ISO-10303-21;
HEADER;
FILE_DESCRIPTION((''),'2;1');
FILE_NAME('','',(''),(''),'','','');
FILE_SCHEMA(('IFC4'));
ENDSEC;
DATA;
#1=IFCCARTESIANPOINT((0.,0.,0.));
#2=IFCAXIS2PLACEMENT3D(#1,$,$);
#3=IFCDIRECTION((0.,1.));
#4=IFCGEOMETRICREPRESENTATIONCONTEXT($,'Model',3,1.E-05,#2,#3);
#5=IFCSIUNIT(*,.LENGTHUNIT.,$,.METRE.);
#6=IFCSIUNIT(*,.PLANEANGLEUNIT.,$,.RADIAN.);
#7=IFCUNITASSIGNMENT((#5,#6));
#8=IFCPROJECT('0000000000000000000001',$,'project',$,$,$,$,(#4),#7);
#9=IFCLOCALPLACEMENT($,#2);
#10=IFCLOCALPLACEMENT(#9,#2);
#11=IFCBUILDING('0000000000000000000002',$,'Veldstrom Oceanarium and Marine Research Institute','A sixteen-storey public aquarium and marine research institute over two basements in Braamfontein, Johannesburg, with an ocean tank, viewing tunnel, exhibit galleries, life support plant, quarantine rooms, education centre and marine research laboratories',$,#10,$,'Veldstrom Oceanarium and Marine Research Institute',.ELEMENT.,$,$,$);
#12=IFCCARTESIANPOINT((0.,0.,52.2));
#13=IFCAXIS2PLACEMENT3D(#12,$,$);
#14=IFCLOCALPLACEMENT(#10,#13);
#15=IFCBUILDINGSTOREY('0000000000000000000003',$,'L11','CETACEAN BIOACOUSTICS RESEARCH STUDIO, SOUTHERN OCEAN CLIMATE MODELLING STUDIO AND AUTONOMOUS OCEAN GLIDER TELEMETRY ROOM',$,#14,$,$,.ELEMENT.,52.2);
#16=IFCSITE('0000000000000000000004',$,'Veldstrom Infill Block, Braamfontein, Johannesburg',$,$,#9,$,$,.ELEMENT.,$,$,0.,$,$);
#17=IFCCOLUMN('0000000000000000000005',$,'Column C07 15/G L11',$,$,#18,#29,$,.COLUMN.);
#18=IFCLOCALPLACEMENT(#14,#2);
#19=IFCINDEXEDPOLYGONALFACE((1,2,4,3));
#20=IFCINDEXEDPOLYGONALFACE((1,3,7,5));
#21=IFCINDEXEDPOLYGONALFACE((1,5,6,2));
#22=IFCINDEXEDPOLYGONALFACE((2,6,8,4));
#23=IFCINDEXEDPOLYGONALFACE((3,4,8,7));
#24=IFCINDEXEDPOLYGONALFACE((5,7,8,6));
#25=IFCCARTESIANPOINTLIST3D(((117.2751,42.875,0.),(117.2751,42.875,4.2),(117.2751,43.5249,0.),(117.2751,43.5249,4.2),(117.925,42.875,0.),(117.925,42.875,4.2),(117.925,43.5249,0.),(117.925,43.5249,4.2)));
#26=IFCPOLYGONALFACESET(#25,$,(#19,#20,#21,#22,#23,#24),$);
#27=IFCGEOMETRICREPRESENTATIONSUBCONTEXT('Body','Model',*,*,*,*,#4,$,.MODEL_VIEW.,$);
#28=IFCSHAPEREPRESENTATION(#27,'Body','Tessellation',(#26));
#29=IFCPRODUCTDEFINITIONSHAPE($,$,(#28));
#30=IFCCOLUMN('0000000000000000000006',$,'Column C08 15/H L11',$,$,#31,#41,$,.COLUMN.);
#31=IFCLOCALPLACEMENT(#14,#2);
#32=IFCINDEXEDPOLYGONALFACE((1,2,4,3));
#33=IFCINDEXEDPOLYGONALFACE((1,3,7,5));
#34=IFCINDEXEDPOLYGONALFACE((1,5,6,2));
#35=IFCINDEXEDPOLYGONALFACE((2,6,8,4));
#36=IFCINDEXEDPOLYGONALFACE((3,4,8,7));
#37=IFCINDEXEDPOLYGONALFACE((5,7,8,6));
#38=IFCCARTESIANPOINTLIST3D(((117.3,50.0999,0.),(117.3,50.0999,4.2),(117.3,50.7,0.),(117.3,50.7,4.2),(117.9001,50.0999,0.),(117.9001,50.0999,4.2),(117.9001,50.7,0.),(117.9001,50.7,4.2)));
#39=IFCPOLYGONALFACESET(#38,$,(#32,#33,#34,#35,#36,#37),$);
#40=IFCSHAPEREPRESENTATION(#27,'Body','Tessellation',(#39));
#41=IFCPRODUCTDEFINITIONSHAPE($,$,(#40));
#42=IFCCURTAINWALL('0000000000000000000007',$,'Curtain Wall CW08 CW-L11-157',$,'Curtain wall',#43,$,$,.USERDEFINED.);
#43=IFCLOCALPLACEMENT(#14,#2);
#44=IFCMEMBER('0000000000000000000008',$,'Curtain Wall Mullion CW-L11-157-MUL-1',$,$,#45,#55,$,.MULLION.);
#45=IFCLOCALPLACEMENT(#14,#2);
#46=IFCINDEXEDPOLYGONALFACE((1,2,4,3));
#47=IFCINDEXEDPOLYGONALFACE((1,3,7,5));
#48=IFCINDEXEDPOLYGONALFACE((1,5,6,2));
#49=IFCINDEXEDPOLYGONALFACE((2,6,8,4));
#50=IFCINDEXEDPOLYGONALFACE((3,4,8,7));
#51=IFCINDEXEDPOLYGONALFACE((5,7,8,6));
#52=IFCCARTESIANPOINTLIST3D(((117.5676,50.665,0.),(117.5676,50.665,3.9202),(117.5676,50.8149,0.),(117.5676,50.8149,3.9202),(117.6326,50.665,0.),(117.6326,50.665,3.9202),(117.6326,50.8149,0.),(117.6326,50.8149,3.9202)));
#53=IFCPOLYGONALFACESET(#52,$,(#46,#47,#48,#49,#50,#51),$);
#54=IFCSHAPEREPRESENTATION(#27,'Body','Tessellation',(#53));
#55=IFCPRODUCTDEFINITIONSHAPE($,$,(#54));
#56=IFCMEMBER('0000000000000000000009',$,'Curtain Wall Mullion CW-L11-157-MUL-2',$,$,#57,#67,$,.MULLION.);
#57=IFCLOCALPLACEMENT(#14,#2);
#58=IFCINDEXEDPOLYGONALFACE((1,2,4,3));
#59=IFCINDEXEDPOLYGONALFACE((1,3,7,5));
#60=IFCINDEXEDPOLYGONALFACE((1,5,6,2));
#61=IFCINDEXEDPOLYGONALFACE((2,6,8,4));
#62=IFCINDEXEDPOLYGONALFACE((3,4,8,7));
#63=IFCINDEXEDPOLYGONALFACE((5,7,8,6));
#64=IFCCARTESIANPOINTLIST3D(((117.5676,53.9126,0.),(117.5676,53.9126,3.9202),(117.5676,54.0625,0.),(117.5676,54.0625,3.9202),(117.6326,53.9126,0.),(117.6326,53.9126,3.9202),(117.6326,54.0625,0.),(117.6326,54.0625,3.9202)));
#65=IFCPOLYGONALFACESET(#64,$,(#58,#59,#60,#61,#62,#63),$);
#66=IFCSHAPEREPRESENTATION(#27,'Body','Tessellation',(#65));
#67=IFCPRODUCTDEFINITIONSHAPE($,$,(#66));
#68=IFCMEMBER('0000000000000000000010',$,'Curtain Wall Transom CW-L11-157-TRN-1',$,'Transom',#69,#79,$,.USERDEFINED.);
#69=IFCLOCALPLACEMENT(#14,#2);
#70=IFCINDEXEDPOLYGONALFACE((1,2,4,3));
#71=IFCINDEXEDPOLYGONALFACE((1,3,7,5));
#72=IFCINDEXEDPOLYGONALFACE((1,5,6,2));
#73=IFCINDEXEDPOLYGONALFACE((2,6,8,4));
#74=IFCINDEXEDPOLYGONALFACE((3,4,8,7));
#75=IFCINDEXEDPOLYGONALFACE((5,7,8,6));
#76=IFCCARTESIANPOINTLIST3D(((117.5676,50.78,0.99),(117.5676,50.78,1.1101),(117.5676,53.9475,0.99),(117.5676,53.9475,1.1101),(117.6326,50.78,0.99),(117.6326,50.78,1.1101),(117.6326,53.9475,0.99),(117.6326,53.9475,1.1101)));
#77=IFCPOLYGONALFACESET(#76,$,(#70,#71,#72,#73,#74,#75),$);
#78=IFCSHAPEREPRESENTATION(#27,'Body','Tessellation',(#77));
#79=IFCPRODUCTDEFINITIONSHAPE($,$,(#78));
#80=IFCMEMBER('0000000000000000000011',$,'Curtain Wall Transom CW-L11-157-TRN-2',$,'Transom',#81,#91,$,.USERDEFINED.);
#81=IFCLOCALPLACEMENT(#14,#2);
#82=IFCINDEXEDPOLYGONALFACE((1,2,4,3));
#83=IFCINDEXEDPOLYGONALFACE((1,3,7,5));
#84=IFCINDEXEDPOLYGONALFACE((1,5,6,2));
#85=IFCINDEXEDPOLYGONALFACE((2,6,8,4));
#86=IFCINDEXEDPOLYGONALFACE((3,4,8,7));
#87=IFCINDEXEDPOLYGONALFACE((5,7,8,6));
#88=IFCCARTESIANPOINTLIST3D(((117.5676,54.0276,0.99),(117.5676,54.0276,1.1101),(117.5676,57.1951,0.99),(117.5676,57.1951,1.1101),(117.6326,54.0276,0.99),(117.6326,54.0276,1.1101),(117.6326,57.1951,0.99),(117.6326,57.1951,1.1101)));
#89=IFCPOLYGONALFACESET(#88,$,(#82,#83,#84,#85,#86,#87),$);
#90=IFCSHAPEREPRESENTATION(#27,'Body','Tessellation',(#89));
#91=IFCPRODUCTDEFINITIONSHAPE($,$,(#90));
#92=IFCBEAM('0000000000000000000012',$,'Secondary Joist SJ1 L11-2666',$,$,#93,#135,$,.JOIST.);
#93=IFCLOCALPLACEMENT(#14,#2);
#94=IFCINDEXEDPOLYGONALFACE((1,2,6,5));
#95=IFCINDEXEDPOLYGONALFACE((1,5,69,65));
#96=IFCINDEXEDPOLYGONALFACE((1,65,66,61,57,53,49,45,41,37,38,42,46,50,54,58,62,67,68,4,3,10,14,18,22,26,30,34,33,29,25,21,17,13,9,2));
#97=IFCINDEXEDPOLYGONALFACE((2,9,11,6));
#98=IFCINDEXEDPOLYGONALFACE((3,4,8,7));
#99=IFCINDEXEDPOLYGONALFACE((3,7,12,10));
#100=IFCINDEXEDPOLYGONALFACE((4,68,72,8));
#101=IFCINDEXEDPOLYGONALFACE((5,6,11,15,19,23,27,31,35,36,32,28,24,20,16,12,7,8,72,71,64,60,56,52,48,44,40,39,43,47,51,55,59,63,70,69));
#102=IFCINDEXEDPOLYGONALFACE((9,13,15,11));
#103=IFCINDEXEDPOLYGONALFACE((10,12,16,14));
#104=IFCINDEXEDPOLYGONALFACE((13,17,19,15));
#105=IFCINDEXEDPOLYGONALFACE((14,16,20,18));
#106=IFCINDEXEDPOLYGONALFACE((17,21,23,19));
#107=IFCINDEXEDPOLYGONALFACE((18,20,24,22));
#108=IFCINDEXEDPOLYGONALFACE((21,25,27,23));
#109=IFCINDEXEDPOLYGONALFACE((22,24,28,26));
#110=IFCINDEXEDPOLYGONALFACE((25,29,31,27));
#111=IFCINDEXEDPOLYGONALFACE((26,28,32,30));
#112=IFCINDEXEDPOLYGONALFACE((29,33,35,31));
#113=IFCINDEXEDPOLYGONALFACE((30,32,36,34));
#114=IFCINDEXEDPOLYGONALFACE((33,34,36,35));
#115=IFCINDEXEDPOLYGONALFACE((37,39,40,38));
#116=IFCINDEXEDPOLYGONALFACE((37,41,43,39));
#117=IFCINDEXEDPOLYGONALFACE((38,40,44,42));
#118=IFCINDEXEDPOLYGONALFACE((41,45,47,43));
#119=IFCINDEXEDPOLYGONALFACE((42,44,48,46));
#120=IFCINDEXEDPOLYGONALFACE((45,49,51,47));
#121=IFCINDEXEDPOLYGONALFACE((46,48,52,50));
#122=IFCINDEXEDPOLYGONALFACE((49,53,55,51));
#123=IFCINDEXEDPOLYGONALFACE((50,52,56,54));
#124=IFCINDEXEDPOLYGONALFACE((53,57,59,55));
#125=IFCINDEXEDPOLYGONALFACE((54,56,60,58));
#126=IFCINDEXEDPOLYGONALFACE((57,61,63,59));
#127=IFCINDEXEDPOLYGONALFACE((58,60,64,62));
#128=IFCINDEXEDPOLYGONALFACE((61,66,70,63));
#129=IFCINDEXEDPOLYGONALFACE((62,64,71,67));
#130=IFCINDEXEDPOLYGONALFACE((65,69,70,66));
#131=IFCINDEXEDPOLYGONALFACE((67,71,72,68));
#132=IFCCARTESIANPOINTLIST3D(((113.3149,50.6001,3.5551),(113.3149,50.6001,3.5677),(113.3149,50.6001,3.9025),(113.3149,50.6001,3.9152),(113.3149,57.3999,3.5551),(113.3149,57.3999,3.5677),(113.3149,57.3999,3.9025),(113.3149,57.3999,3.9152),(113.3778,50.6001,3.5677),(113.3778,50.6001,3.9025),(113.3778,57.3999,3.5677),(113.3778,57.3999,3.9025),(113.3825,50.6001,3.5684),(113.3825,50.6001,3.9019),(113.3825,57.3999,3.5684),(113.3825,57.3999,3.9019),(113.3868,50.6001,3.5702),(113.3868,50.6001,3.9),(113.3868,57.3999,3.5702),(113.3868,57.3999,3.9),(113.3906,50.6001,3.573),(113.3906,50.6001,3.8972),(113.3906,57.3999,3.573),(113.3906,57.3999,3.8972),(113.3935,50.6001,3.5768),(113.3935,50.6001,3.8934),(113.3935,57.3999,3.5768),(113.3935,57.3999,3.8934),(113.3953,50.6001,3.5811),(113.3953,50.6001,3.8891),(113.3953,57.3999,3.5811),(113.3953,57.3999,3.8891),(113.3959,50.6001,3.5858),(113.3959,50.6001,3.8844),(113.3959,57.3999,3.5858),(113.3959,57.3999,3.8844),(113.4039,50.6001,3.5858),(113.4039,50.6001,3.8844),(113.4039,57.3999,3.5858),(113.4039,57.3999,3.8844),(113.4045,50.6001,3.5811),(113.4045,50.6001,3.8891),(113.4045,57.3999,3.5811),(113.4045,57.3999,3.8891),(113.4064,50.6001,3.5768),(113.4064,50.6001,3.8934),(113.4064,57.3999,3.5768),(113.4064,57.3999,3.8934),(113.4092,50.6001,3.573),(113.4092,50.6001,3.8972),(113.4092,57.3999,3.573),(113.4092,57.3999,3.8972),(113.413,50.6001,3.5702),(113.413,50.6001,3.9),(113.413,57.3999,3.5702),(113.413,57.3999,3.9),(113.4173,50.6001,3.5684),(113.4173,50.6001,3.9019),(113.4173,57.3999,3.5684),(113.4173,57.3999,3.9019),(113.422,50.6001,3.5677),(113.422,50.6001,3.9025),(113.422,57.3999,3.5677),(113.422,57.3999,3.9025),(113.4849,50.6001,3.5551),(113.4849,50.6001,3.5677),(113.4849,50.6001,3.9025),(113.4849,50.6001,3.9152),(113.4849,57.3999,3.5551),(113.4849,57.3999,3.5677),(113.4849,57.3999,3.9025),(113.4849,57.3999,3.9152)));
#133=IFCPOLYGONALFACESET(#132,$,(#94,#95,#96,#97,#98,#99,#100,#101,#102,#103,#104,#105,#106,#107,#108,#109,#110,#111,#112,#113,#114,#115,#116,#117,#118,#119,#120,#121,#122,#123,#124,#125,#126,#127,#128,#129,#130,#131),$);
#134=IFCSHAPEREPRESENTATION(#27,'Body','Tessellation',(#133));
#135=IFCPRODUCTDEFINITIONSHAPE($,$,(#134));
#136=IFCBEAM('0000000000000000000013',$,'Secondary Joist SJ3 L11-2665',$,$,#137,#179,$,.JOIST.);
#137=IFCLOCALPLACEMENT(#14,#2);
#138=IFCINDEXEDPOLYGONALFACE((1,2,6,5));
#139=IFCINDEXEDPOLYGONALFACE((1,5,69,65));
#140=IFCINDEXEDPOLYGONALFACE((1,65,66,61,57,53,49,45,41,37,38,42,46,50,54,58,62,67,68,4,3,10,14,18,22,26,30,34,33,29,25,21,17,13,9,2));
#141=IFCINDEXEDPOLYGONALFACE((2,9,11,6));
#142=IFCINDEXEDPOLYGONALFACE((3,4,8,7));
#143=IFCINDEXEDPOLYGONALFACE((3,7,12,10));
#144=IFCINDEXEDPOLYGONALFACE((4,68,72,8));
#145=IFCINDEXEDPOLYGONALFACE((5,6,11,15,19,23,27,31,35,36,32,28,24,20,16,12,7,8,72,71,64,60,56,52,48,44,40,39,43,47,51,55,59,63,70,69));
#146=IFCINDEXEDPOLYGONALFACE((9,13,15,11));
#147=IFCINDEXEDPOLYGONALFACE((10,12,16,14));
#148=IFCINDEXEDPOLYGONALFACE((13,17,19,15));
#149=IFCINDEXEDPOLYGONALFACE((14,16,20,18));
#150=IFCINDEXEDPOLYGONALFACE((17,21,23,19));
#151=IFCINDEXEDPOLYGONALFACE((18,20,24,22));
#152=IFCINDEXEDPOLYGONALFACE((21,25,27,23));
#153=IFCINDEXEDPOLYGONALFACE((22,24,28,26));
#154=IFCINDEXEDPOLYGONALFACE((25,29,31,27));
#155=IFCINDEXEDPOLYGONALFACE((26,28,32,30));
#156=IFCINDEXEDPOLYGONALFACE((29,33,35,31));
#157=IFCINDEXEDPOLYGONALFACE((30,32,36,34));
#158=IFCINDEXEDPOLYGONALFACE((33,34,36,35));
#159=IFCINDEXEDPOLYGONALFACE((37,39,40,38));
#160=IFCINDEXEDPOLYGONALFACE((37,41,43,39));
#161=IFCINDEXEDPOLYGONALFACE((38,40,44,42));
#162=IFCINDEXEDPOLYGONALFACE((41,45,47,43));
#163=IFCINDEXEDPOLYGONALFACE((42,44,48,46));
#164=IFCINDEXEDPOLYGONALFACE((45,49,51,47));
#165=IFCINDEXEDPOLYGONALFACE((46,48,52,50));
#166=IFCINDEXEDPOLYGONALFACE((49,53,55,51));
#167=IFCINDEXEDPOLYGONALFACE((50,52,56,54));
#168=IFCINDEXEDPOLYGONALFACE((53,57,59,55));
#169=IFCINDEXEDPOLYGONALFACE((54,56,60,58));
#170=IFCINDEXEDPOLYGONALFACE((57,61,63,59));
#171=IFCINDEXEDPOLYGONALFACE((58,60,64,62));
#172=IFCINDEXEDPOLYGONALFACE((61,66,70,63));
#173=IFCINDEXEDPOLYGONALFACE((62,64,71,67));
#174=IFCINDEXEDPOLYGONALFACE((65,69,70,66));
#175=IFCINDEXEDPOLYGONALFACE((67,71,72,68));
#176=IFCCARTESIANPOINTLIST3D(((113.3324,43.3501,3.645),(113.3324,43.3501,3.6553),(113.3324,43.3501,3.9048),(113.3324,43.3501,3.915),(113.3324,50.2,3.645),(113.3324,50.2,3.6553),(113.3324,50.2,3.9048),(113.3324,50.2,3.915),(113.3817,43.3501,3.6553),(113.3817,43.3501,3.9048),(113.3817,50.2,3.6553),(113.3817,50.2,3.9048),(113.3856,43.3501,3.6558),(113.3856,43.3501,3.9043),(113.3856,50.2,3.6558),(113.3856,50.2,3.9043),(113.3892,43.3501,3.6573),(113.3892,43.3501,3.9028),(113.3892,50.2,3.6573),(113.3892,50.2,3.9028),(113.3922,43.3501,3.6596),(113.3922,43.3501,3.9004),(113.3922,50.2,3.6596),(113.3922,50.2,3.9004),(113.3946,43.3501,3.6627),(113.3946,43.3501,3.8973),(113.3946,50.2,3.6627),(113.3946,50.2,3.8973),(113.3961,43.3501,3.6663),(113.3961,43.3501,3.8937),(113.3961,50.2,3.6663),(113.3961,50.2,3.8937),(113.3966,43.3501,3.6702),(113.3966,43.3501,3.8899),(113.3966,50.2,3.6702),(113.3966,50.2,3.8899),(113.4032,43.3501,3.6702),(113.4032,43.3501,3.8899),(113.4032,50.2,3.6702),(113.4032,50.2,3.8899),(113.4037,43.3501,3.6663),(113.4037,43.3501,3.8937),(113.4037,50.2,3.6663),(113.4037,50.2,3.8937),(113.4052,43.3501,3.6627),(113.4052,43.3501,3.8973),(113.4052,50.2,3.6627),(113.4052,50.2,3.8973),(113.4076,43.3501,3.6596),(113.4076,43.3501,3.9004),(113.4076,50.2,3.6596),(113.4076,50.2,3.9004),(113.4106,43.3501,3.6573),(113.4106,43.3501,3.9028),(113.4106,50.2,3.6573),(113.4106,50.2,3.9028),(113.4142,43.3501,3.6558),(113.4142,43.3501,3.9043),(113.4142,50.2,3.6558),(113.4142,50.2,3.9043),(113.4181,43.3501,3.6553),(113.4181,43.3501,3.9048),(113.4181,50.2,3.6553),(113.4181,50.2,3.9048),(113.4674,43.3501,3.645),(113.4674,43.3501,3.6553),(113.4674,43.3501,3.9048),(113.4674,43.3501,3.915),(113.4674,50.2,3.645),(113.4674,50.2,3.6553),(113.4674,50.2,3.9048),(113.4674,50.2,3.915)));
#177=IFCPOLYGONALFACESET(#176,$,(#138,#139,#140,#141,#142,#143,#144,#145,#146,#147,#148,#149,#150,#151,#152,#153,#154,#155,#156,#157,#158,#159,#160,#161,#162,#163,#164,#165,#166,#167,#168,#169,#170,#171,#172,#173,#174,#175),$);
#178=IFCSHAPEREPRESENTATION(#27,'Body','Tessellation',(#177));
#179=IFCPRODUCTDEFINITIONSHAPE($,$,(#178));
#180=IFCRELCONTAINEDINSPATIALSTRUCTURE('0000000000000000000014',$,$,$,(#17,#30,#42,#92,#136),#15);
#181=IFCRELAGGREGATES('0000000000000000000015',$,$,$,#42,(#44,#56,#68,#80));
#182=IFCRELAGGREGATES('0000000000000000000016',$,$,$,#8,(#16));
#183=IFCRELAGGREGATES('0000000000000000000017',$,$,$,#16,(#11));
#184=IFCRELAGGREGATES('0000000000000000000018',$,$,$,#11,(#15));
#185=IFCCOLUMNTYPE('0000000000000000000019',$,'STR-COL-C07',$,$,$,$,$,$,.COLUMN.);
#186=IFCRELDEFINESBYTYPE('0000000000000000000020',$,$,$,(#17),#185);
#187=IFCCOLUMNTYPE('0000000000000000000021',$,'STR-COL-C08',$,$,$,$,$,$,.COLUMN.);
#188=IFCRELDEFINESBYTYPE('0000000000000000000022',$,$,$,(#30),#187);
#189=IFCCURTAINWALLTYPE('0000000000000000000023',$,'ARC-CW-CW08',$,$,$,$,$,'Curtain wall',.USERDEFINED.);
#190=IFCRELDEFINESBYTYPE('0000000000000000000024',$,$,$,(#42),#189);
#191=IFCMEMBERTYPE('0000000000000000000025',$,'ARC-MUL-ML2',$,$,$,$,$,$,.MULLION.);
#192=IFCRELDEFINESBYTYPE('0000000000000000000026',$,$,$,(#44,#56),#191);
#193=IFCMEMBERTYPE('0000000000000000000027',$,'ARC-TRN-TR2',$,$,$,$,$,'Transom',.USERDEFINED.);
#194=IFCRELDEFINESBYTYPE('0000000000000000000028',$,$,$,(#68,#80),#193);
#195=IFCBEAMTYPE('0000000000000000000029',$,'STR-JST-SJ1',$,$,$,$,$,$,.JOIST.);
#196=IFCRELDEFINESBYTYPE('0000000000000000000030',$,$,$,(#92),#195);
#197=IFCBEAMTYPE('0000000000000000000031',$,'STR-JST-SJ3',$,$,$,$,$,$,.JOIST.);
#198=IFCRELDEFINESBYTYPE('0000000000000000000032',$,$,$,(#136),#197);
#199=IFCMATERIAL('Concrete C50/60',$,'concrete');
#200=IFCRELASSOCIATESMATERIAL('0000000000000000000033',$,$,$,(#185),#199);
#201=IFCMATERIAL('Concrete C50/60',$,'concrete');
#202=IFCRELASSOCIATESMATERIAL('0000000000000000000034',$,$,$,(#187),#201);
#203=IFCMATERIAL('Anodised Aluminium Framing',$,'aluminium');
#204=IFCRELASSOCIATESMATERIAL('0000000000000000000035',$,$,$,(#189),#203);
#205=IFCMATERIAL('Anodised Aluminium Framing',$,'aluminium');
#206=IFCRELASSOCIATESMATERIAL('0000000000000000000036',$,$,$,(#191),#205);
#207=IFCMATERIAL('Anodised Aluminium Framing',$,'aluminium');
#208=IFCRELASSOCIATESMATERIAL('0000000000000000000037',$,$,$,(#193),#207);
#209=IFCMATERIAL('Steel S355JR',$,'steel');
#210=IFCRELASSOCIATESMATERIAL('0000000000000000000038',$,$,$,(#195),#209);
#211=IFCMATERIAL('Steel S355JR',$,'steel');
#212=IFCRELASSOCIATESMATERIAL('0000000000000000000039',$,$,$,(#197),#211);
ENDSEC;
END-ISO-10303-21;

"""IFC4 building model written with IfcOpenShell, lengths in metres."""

from ifc_helpers import new_model, si_unit, direction, frame, origin, origin_2d, place, context, subcontext, project, spatial, rectangle, i_section, extrude, material, material_profile, profile_set, type_object, element, aggregate, save


model = new_model("IFC4")

# Units and contexts
model_context = context("Model", 3, precision=1e-05, world=origin(), true_north=direction((0.0, 1.0)))
body_context = subcontext(model_context, "Body", "Model", "MODEL_VIEW")
ifc_project = project(units=[si_unit("LENGTHUNIT", "METRE"), si_unit("PLANEANGLEUNIT", "RADIAN")], contexts=[model_context])

# Site, building, storey
site_placement = place(None, origin())
site = spatial("IfcSite", under=ifc_project, at=site_placement, Name="Veldstrom Infill Block, Braamfontein, Johannesburg", CompositionType="ELEMENT", RefElevation=0.0)
building_placement = place(site_placement, origin())
building = spatial("IfcBuilding", under=site, at=building_placement, Name="Veldstrom Oceanarium and Marine Research Institute", Description="A sixteen-storey public aquarium and marine research institute over two basements in Braamfontein, Johannesburg, with an ocean tank, viewing tunnel, exhibit galleries, life support plant, quarantine rooms, education centre and marine research laboratories", LongName="Veldstrom Oceanarium and Marine Research Institute", CompositionType="ELEMENT")
storey_placement = place(building_placement, frame((0.0, 0.0, 52.2)))
storey = spatial("IfcBuildingStorey", under=building, at=storey_placement, Name="L11", Description="CETACEAN BIOACOUSTICS RESEARCH STUDIO, SOUTHERN OCEAN CLIMATE MODELLING STUDIO AND AUTONOMOUS OCEAN GLIDER TELEMETRY ROOM", CompositionType="ELEMENT", Elevation=52.2)

# Columns
ifc_material_1 = material(Name="Concrete C50/60", Category="concrete")
ifc_material_profile_1 = material_profile(ifc_material_1, rectangle(XDim=0.6499, YDim=0.6499, at=origin_2d()), Name="RC-COL-650x650")
ifc_profile_set_1 = profile_set([ifc_material_profile_1], Name="Concrete C50/60")
column_type_1 = type_object("IfcColumnType", Name="STR-COL-C07", PredefinedType="COLUMN", material=ifc_profile_set_1)
column_1_placement = place(storey_placement, frame((117.6001, 43.2, 0.0), z_axis=(0.0, 0.0, 1.0), x_axis=(1.0, 0.0, 0.0)))
element("IfcColumn", 1, at=column_1_placement, inside=storey, type_object=column_type_1, Name="Column C07 15/G L11", PredefinedType="COLUMN", context=body_context, shape_type="SweptSolid", body=[
    extrude(rectangle(XDim=0.6499, YDim=0.6499, at=origin_2d()), origin(), (0.0, 0.0, 1.0), 4.2),
])
ifc_material_2 = material(Name="Concrete C50/60", Category="concrete")
ifc_material_profile_2 = material_profile(ifc_material_2, rectangle(XDim=0.6001, YDim=0.6001, at=origin_2d()), Name="RC-COL-600x600")
ifc_profile_set_2 = profile_set([ifc_material_profile_2], Name="Concrete C50/60")
column_type_2 = type_object("IfcColumnType", Name="STR-COL-C08", PredefinedType="COLUMN", material=ifc_profile_set_2)
column_2_placement = place(storey_placement, frame((117.6001, 50.3999, 0.0), z_axis=(0.0, 0.0, 1.0), x_axis=(1.0, 0.0, 0.0)))
element("IfcColumn", 2, at=column_2_placement, inside=storey, type_object=column_type_2, Name="Column C08 15/H L11", PredefinedType="COLUMN", context=body_context, shape_type="SweptSolid", body=[
    extrude(rectangle(XDim=0.6001, YDim=0.6001, at=origin_2d()), origin(), (0.0, 0.0, 1.0), 4.2),
])

# Curtain wall, members
ifc_material_3 = material(Name="Anodised Aluminium Framing", Category="aluminium")
curtain_wall_type = type_object("IfcCurtainWallType", Name="ARC-CW-CW08", ElementType="Curtain wall", PredefinedType="USERDEFINED", material=ifc_material_3)
curtain_wall_placement = place(storey_placement, origin())
curtain_wall = element("IfcCurtainWall", 3, at=curtain_wall_placement, inside=storey, type_object=curtain_wall_type, Name="Curtain Wall CW08 CW-L11-157", ObjectType="Curtain wall", PredefinedType="USERDEFINED")
ifc_material_4 = material(Name="Anodised Aluminium Framing", Category="aluminium")
ifc_material_profile_3 = material_profile(ifc_material_4, rectangle(XDim=0.0649, YDim=0.1499, at=origin_2d()), Name="ALU-MUL-65x150")
ifc_profile_set_3 = profile_set([ifc_material_profile_3], Name="Anodised Aluminium Framing")
member_type_1 = type_object("IfcMemberType", Name="ARC-MUL-ML2", PredefinedType="MULLION", material=ifc_profile_set_3)
member_1_placement = place(storey_placement, frame((117.6001, 50.74, 0.0), z_axis=(0.0, 0.0, 1.0), x_axis=(1.0, 0.0, 0.0)))
member_1 = element("IfcMember", 4, at=member_1_placement, type_object=member_type_1, Name="Curtain Wall Mullion CW-L11-157-MUL-1", PredefinedType="MULLION", context=body_context, shape_type="SweptSolid", body=[
    extrude(rectangle(XDim=0.0649, YDim=0.1499, at=origin_2d()), origin(), (0.0, 0.0, 1.0), 3.9202),
])
member_2_placement = place(storey_placement, frame((117.6001, 53.9875, 0.0), z_axis=(0.0, 0.0, 1.0), x_axis=(1.0, 0.0, 0.0)))
member_2 = element("IfcMember", 5, at=member_2_placement, type_object=member_type_1, Name="Curtain Wall Mullion CW-L11-157-MUL-2", PredefinedType="MULLION", context=body_context, shape_type="SweptSolid", body=[
    extrude(rectangle(XDim=0.0649, YDim=0.1499, at=origin_2d()), origin(), (0.0, 0.0, 1.0), 3.9202),
])
ifc_material_5 = material(Name="Anodised Aluminium Framing", Category="aluminium")
ifc_material_profile_4 = material_profile(ifc_material_5, rectangle(XDim=0.0649, YDim=0.1201, at=origin_2d()), Name="ALU-TRN-65x120")
ifc_profile_set_4 = profile_set([ifc_material_profile_4], Name="Anodised Aluminium Framing")
member_type_2 = type_object("IfcMemberType", Name="ARC-TRN-TR2", ElementType="Transom", PredefinedType="USERDEFINED", material=ifc_profile_set_4)
member_3_placement = place(storey_placement, frame((117.6001, 50.78, 1.05), z_axis=(0.0, 1.0, 0.0), x_axis=(-1.0, 0.0, 0.0)))
member_3 = element("IfcMember", 6, at=member_3_placement, type_object=member_type_2, Name="Curtain Wall Transom CW-L11-157-TRN-1", ObjectType="Transom", PredefinedType="USERDEFINED", context=body_context, shape_type="SweptSolid", body=[
    extrude(rectangle(XDim=0.0649, YDim=0.1201, at=origin_2d()), origin(), (0.0, 0.0, 1.0), 3.1675),
])
member_4_placement = place(storey_placement, frame((117.6001, 54.0276, 1.05), z_axis=(0.0, 1.0, 0.0), x_axis=(-1.0, 0.0, 0.0)))
member_4 = element("IfcMember", 7, at=member_4_placement, type_object=member_type_2, Name="Curtain Wall Transom CW-L11-157-TRN-2", ObjectType="Transom", PredefinedType="USERDEFINED", context=body_context, shape_type="SweptSolid", body=[
    extrude(rectangle(XDim=0.0649, YDim=0.1201, at=origin_2d()), origin(), (0.0, 0.0, 1.0), 3.1675),
])

# Beams
ifc_material_6 = material(Name="Steel S355JR", Category="steel")
ifc_material_profile_5 = material_profile(ifc_material_6, i_section(OverallWidth=0.1699, OverallDepth=0.3601, WebThickness=0.0081, FlangeThickness=0.0127, FilletRadius=0.0181, at=origin_2d()), Name="IPE 360")
ifc_profile_set_5 = profile_set([ifc_material_profile_5], Name="Steel S355JR")
beam_type_1 = type_object("IfcBeamType", Name="STR-JST-SJ1", PredefinedType="JOIST", material=ifc_profile_set_5)
beam_1_placement = place(storey_placement, frame((113.3999, 50.6001, 3.7351), z_axis=(0.0, 1.0, 0.0), x_axis=(-1.0, 0.0, 0.0)))
element("IfcBeam", 8, at=beam_1_placement, inside=storey, type_object=beam_type_1, Name="Secondary Joist SJ1 L11-2666", PredefinedType="JOIST", context=body_context, shape_type="SweptSolid", body=[
    extrude(i_section(OverallWidth=0.1699, OverallDepth=0.3601, WebThickness=0.0081, FlangeThickness=0.0127, FilletRadius=0.0181, at=origin_2d()), origin(), (0.0, 0.0, 1.0), 6.7998),
])
ifc_material_7 = material(Name="Steel S355JR", Category="steel")
ifc_material_profile_6 = material_profile(ifc_material_7, i_section(OverallWidth=0.135, OverallDepth=0.27, WebThickness=0.0066, FlangeThickness=0.0103, FilletRadius=0.0149, at=origin_2d()), Name="IPE 270")
ifc_profile_set_6 = profile_set([ifc_material_profile_6], Name="Steel S355JR")
beam_type_2 = type_object("IfcBeamType", Name="STR-JST-SJ3", PredefinedType="JOIST", material=ifc_profile_set_6)
beam_2_placement = place(storey_placement, frame((113.3999, 43.3501, 3.78), z_axis=(0.0, 1.0, 0.0), x_axis=(-1.0, 0.0, 0.0)))
element("IfcBeam", 9, at=beam_2_placement, inside=storey, type_object=beam_type_2, Name="Secondary Joist SJ3 L11-2665", PredefinedType="JOIST", context=body_context, shape_type="SweptSolid", body=[
    extrude(i_section(OverallWidth=0.135, OverallDepth=0.27, WebThickness=0.0066, FlangeThickness=0.0103, FilletRadius=0.0149, at=origin_2d()), origin(), (0.0, 0.0, 1.0), 6.8499),
])

aggregate(curtain_wall, [member_1, member_2, member_3, member_4])

save(model, "model.ifc")
